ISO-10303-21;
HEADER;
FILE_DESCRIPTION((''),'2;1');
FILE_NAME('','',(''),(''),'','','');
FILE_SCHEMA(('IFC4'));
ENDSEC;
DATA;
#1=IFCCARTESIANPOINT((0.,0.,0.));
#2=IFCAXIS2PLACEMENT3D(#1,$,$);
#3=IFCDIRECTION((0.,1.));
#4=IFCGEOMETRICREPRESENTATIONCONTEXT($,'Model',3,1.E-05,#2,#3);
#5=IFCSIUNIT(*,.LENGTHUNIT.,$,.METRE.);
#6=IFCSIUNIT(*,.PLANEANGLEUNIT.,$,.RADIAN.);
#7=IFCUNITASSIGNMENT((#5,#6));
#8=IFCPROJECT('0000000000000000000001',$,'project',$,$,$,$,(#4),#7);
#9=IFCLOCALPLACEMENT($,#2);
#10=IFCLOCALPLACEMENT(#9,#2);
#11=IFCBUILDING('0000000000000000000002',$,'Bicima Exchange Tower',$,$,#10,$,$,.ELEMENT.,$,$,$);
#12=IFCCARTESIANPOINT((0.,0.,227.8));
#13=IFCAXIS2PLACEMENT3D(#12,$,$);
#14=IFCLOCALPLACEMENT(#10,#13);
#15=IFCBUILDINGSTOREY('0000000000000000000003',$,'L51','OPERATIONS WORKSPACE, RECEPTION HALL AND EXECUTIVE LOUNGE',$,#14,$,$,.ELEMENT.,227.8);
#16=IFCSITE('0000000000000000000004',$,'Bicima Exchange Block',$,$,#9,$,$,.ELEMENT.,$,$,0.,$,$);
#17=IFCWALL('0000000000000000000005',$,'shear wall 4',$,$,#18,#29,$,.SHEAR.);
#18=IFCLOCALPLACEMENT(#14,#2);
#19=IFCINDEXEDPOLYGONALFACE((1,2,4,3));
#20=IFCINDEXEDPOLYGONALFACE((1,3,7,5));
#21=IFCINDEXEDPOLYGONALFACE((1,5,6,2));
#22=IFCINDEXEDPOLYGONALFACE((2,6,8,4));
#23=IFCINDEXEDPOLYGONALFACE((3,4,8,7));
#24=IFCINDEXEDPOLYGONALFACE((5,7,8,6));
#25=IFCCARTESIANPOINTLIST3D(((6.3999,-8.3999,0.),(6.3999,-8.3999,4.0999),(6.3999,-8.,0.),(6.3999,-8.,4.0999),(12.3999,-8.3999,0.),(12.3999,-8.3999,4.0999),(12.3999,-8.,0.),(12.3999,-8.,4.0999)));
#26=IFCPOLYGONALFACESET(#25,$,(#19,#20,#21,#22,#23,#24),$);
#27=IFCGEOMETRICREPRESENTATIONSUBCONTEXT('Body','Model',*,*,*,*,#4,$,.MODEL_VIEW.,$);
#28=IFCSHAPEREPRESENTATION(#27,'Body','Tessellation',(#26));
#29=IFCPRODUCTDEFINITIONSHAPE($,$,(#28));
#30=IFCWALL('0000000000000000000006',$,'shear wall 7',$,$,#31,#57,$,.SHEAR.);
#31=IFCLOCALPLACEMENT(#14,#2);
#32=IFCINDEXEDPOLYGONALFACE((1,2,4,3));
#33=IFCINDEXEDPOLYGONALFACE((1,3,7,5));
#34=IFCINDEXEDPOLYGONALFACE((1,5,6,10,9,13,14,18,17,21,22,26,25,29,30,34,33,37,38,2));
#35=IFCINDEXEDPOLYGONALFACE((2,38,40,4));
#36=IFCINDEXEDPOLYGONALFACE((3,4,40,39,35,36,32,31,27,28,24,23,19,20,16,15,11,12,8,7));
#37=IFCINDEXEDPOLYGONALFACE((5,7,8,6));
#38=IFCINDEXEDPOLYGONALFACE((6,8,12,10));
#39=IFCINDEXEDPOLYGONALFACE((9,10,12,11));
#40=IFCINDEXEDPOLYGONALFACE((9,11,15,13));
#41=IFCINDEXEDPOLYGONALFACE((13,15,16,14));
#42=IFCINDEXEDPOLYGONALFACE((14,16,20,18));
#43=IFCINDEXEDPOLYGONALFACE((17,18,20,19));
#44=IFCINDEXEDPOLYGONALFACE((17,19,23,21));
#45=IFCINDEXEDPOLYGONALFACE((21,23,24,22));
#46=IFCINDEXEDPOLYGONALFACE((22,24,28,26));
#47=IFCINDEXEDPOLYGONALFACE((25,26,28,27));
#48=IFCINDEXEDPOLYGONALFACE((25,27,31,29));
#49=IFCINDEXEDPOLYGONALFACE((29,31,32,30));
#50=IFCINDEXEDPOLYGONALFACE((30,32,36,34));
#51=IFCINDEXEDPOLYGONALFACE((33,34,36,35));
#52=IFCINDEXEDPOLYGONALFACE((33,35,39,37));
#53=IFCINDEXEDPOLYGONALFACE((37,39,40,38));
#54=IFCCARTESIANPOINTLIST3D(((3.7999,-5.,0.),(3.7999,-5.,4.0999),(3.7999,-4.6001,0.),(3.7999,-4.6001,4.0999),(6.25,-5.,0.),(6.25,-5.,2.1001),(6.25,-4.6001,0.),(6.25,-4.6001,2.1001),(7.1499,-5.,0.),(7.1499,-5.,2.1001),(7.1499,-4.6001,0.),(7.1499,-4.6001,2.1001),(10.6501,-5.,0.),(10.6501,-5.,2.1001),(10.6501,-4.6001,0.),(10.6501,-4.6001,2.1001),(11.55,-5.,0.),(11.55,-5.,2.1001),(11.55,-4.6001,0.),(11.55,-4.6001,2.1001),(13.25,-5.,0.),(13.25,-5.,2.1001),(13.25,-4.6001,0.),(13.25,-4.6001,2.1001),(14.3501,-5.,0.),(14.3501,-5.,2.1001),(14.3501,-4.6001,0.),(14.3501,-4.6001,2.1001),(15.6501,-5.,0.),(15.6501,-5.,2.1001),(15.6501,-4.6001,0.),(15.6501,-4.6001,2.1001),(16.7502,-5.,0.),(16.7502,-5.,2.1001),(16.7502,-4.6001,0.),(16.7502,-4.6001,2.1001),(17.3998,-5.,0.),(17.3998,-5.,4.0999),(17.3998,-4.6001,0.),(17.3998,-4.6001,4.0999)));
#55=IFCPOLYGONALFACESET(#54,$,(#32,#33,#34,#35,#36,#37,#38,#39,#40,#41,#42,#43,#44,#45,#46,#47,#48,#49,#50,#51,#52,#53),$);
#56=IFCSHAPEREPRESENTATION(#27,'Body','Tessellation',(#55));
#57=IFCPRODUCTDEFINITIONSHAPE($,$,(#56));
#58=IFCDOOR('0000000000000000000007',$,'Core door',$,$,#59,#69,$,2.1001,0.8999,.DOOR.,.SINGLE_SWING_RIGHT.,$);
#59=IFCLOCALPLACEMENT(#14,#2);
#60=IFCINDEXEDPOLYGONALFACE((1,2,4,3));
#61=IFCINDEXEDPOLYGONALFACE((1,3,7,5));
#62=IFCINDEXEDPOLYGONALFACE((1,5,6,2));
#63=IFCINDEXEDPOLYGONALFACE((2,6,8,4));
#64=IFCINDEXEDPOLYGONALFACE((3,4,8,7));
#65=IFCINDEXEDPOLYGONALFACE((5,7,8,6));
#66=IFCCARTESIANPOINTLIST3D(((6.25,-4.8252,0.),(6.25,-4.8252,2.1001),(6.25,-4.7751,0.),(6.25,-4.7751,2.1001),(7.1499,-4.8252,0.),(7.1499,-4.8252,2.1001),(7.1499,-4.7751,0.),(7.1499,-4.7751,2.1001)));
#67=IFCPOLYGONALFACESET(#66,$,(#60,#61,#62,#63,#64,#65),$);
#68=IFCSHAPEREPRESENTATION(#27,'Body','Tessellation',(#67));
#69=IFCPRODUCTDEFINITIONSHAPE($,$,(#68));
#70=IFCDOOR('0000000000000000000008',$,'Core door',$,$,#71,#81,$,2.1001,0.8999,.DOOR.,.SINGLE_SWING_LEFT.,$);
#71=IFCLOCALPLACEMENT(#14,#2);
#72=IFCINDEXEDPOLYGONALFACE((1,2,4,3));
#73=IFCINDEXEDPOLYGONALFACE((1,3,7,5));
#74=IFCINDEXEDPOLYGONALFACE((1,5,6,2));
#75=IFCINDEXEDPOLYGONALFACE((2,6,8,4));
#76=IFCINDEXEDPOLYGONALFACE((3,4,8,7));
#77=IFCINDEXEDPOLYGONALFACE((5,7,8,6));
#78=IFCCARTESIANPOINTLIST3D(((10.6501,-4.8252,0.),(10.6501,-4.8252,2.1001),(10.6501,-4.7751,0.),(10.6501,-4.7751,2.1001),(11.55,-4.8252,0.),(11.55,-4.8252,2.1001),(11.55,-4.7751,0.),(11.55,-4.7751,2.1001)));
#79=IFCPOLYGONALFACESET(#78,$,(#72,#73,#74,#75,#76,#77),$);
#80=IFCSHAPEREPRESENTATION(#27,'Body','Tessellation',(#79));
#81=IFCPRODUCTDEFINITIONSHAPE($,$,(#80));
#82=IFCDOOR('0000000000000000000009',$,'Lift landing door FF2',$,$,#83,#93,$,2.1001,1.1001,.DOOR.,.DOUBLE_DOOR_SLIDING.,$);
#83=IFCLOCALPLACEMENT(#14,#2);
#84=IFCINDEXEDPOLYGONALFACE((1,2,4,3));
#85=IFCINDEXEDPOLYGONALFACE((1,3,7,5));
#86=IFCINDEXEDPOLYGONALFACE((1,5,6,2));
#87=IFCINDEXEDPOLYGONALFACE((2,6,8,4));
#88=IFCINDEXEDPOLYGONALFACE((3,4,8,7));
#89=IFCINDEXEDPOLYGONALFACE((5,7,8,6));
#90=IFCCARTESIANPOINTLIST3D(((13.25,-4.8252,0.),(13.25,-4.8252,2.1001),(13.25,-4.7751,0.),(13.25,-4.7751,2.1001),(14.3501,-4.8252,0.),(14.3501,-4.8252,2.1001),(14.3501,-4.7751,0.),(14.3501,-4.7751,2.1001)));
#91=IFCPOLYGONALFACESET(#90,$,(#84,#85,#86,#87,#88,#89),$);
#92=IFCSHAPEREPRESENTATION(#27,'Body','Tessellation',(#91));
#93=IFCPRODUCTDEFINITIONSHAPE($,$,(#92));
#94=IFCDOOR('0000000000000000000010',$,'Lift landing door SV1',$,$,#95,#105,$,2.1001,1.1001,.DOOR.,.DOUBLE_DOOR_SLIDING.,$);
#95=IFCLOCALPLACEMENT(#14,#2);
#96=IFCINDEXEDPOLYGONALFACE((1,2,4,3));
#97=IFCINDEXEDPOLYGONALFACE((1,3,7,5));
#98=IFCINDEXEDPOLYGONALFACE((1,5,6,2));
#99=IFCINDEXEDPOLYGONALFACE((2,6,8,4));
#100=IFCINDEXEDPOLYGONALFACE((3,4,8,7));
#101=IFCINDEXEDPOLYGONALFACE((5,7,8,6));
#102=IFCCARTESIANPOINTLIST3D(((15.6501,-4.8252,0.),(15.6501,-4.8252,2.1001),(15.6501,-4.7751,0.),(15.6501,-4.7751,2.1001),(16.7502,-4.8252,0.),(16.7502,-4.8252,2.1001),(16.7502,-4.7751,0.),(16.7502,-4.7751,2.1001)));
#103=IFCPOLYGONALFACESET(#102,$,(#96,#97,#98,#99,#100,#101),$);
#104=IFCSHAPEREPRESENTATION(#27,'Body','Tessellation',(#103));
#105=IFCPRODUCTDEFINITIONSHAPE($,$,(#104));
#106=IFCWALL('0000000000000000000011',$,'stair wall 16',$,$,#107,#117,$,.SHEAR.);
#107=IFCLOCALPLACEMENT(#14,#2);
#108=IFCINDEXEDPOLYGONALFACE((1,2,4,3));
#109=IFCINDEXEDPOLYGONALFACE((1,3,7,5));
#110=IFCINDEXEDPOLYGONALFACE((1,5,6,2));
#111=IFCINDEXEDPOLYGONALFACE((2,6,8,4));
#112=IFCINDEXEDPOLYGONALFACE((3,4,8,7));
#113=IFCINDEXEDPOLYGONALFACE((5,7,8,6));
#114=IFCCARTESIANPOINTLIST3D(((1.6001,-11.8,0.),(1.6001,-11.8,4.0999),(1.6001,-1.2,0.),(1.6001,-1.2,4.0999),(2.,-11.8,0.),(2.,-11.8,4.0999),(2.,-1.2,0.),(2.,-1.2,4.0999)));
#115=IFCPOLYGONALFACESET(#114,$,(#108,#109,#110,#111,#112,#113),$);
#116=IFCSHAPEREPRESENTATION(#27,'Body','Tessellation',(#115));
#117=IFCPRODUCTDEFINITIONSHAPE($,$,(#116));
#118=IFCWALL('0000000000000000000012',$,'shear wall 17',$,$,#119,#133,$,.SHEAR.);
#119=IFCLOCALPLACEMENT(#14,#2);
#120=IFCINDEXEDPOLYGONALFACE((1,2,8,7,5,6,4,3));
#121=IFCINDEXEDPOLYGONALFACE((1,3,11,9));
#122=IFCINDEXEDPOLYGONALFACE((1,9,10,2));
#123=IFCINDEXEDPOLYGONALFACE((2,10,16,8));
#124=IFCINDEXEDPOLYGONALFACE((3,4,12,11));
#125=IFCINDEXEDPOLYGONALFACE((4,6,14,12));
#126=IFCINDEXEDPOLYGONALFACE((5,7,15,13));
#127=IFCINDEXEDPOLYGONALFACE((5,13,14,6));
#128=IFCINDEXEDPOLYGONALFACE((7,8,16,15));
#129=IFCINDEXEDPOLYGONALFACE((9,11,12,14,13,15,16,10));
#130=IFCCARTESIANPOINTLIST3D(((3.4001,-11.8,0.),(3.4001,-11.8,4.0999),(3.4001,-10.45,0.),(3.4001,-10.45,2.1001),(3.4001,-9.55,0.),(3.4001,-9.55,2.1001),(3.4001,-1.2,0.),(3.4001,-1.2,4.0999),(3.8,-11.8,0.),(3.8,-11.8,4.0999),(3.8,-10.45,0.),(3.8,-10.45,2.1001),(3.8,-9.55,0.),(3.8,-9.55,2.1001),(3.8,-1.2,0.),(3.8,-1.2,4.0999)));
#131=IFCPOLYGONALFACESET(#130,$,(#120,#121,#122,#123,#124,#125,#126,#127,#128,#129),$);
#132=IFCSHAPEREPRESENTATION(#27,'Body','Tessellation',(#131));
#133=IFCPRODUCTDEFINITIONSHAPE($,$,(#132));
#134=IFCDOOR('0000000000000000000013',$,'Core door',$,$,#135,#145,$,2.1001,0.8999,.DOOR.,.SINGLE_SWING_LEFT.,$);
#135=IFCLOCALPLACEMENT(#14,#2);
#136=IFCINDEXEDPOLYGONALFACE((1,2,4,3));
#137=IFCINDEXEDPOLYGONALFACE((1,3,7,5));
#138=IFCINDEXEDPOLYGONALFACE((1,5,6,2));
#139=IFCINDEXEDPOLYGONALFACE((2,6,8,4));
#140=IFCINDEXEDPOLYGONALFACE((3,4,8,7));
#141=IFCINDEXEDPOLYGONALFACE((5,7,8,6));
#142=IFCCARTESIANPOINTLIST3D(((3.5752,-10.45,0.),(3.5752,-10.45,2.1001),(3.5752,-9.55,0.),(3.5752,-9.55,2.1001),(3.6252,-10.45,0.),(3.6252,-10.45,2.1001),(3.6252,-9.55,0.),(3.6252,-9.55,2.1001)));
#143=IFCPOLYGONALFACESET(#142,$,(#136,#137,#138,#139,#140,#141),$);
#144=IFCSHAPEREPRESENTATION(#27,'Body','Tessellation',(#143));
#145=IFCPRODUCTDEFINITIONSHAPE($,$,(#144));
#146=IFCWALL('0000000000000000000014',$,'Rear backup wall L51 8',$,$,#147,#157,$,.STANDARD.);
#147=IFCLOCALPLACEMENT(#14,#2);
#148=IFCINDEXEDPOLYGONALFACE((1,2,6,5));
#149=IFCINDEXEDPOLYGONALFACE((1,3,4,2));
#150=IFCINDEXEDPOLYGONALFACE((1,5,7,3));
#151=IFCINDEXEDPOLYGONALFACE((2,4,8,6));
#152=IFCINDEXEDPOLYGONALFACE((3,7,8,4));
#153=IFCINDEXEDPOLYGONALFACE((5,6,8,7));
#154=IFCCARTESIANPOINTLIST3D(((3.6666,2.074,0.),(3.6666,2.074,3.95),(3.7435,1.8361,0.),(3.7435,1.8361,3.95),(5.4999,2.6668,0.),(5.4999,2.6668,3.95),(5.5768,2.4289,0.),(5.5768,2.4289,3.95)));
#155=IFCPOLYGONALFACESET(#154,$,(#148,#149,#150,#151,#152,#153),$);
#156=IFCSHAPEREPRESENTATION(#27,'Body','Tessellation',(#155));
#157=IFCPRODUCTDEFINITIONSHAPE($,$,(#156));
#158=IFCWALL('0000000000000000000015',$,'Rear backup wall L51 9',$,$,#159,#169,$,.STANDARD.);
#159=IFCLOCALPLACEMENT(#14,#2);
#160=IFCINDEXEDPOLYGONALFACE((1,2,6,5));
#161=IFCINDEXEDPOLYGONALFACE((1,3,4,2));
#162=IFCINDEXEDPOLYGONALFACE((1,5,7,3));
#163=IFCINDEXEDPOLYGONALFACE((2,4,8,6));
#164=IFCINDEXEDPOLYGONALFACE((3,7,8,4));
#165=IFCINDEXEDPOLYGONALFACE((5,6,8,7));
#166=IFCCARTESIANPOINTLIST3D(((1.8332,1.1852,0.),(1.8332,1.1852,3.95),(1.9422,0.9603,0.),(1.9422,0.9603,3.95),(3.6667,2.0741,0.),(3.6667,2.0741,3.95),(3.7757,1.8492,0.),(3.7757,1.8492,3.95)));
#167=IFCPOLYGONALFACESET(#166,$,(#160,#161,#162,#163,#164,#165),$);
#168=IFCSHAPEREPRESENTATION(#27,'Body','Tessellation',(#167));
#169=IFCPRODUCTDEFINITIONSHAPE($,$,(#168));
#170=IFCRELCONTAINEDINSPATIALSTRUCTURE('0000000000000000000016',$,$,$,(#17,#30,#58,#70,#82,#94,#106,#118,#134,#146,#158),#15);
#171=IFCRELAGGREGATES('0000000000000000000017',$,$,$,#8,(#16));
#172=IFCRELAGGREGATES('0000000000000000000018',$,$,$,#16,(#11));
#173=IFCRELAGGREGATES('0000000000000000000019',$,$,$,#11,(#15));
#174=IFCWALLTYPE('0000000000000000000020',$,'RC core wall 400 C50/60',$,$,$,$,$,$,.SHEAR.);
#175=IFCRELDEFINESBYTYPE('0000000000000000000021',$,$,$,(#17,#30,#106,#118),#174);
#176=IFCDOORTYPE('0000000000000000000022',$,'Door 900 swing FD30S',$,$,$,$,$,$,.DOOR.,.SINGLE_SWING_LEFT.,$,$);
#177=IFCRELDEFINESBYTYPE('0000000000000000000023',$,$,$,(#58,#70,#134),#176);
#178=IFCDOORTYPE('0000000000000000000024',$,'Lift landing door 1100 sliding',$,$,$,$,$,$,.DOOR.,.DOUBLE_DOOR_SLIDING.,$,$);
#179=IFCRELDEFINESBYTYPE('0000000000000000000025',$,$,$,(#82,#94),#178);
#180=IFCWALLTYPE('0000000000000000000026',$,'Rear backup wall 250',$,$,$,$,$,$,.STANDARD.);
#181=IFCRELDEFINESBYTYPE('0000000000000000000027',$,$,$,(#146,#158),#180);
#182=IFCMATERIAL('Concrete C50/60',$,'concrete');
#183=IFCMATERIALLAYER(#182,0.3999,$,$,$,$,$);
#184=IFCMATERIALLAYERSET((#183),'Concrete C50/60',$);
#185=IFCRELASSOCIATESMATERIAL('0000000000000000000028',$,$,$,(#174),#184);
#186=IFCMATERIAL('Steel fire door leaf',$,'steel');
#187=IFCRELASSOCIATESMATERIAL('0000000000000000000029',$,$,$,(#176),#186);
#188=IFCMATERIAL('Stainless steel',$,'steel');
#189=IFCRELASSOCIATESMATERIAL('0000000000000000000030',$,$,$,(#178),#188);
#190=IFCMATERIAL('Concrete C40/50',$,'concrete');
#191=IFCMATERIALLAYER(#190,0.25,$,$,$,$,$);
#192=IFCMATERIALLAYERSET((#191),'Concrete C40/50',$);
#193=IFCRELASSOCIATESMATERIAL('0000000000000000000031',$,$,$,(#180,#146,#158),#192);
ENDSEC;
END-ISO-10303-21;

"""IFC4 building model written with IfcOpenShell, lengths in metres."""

from ifc_helpers import new_model, si_unit, direction, frame, frame_2d, origin, place, context, subcontext, project, spatial, rectangle, extrude, material, layer, layer_set, layer_usage, type_object, element, fill, save


model = new_model("IFC4")

# Units and contexts
model_context = context("Model", 3, precision=1e-05, world=origin(), true_north=direction((0.0, 1.0)))
body_context = subcontext(model_context, "Body", "Model", "MODEL_VIEW")
ifc_project = project(units=[si_unit("LENGTHUNIT", "METRE"), si_unit("PLANEANGLEUNIT", "RADIAN")], contexts=[model_context])

# Site, building, storey
site_placement = place(None, origin())
site = spatial("IfcSite", under=ifc_project, at=site_placement, Name="Bicima Exchange Block", CompositionType="ELEMENT", RefElevation=0.0)
building_placement = place(site_placement, origin())
building = spatial("IfcBuilding", under=site, at=building_placement, Name="Bicima Exchange Tower", CompositionType="ELEMENT")
storey_placement = place(building_placement, frame((0.0, 0.0, 227.8)))
storey = spatial("IfcBuildingStorey", under=building, at=storey_placement, Name="L51", Description="OPERATIONS WORKSPACE, RECEPTION HALL AND EXECUTIVE LOUNGE", CompositionType="ELEMENT", Elevation=227.8)

# Shared definitions
ifc_material_1 = material(Name="Concrete C40/50", Category="concrete")

# Shared definitions
ifc_material_2 = material(Name="Concrete C50/60", Category="concrete")

# Wall
ifc_layer_1 = layer(ifc_material_2, 0.3999)
ifc_layer_set_1 = layer_set([ifc_layer_1], Name="Concrete C50/60")
wall_type_1 = type_object("IfcWallType", Name="RC core wall 400 C50/60", PredefinedType="SHEAR", material=ifc_layer_set_1)
wall_1_placement = place(storey_placement, frame((6.3999, -8.2, 0.0), z_axis=(0.0, 0.0, 1.0), x_axis=(1.0, 0.0, 0.0)))
element("IfcWall", 1, at=wall_1_placement, inside=storey, type_object=wall_type_1, Name="shear wall 4", PredefinedType="SHEAR", context=body_context, shape_type="SweptSolid", body=[
    extrude(rectangle(XDim=6.0, YDim=0.3999, at=frame_2d((3.0, 0.0))), origin(), (0.0, 0.0, 1.0), 4.0999),
])

# Wall, openings, doors
wall_2_placement = place(storey_placement, frame((3.8, -4.8, 0.0), z_axis=(0.0, 0.0, 1.0), x_axis=(1.0, 0.0, 0.0)))
wall_2 = element("IfcWall", 2, at=wall_2_placement, inside=storey, type_object=wall_type_1, Name="shear wall 7", PredefinedType="SHEAR", context=body_context, shape_type="SweptSolid", body=[
    extrude(rectangle(XDim=13.5999, YDim=0.3999, at=frame_2d((6.7998, 0.0))), origin(), (0.0, 0.0, 1.0), 4.0999),
])
opening_1_placement = place(wall_2_placement, frame((9.45, 0.0, 0.0)))
opening_1 = element("IfcOpeningElement", 3, at=opening_1_placement, cuts=wall_2, PredefinedType="OPENING", context=body_context, shape_type="SweptSolid", body=[
    extrude(rectangle(XDim=1.1001, YDim=2.1001, at=frame_2d((0.55, 1.05))), frame((0.0, 0.2119, 0.0), z_axis=(0.0, -1.0, 0.0), x_axis=(1.0, 0.0, 0.0)), (0.0, 0.0, 1.0), 0.4238),
])
opening_2_placement = place(wall_2_placement, frame((11.8501, 0.0, 0.0)))
opening_2 = element("IfcOpeningElement", 4, at=opening_2_placement, cuts=wall_2, PredefinedType="OPENING", context=body_context, shape_type="SweptSolid", body=[
    extrude(rectangle(XDim=1.1001, YDim=2.1001, at=frame_2d((0.55, 1.05))), frame((0.0, 0.2119, 0.0), z_axis=(0.0, -1.0, 0.0), x_axis=(1.0, 0.0, 0.0)), (0.0, 0.0, 1.0), 0.4238),
])
opening_3_placement = place(wall_2_placement, frame((2.45, 0.0, 0.0)))
opening_3 = element("IfcOpeningElement", 5, at=opening_3_placement, cuts=wall_2, PredefinedType="OPENING", context=body_context, shape_type="SweptSolid", body=[
    extrude(rectangle(XDim=0.8999, YDim=2.1001, at=frame_2d((0.45, 1.05))), frame((0.0, 0.2119, 0.0), z_axis=(0.0, -1.0, 0.0), x_axis=(1.0, 0.0, 0.0)), (0.0, 0.0, 1.0), 0.4238),
])
opening_4_placement = place(wall_2_placement, frame((6.8501, 0.0, 0.0)))
opening_4 = element("IfcOpeningElement", 6, at=opening_4_placement, cuts=wall_2, PredefinedType="OPENING", context=body_context, shape_type="SweptSolid", body=[
    extrude(rectangle(XDim=0.8999, YDim=2.1001, at=frame_2d((0.45, 1.05))), frame((0.0, 0.2119, 0.0), z_axis=(0.0, -1.0, 0.0), x_axis=(1.0, 0.0, 0.0)), (0.0, 0.0, 1.0), 0.4238),
])
ifc_material_3 = material(Name="Steel fire door leaf", Category="steel")
door_type_1 = type_object("IfcDoorType", Name="Door 900 swing FD30S", OperationType="SINGLE_SWING_LEFT", PredefinedType="DOOR", material=ifc_material_3)
door_1_placement = place(opening_3_placement, origin())
door_1 = element("IfcDoor", 7, at=door_1_placement, inside=storey, type_object=door_type_1, Name="Core door", OperationType="SINGLE_SWING_RIGHT", OverallHeight=2.1001, OverallWidth=0.8999, PredefinedType="DOOR", context=body_context, shape_type="SweptSolid", body=[
    extrude(rectangle(XDim=0.8999, YDim=2.1001, at=frame_2d((0.45, 1.05))), frame((0.0, 0.0249, 0.0), z_axis=(0.0, -1.0, 0.0), x_axis=(1.0, 0.0, 0.0)), (0.0, 0.0, 1.0), 0.05),
])
fill(opening_3, door_1)
door_2_placement = place(opening_4_placement, origin())
door_2 = element("IfcDoor", 8, at=door_2_placement, inside=storey, type_object=door_type_1, Name="Core door", OperationType="SINGLE_SWING_LEFT", OverallHeight=2.1001, OverallWidth=0.8999, PredefinedType="DOOR", context=body_context, shape_type="SweptSolid", body=[
    extrude(rectangle(XDim=0.8999, YDim=2.1001, at=frame_2d((0.45, 1.05))), frame((0.0, 0.0249, 0.0), z_axis=(0.0, -1.0, 0.0), x_axis=(1.0, 0.0, 0.0)), (0.0, 0.0, 1.0), 0.05),
])
fill(opening_4, door_2)
ifc_material_4 = material(Name="Stainless steel", Category="steel")
door_type_2 = type_object("IfcDoorType", Name="Lift landing door 1100 sliding", OperationType="DOUBLE_DOOR_SLIDING", PredefinedType="DOOR", material=ifc_material_4)
door_3_placement = place(opening_1_placement, origin())
door_3 = element("IfcDoor", 9, at=door_3_placement, inside=storey, type_object=door_type_2, Name="Lift landing door FF2", OperationType="DOUBLE_DOOR_SLIDING", OverallHeight=2.1001, OverallWidth=1.1001, PredefinedType="DOOR", context=body_context, shape_type="SweptSolid", body=[
    extrude(rectangle(XDim=1.1001, YDim=2.1001, at=frame_2d((0.55, 1.05))), frame((0.0, 0.0249, 0.0), z_axis=(0.0, -1.0, 0.0), x_axis=(1.0, 0.0, 0.0)), (0.0, 0.0, 1.0), 0.05),
])
fill(opening_1, door_3)
door_4_placement = place(opening_2_placement, origin())
door_4 = element("IfcDoor", 10, at=door_4_placement, inside=storey, type_object=door_type_2, Name="Lift landing door SV1", OperationType="DOUBLE_DOOR_SLIDING", OverallHeight=2.1001, OverallWidth=1.1001, PredefinedType="DOOR", context=body_context, shape_type="SweptSolid", body=[
    extrude(rectangle(XDim=1.1001, YDim=2.1001, at=frame_2d((0.55, 1.05))), frame((0.0, 0.0249, 0.0), z_axis=(0.0, -1.0, 0.0), x_axis=(1.0, 0.0, 0.0)), (0.0, 0.0, 1.0), 0.05),
])
fill(opening_2, door_4)

# Wall
wall_3_placement = place(storey_placement, frame((1.8, -11.8, 0.0), z_axis=(0.0, 0.0, 1.0), x_axis=(0.0, 1.0, 0.0)))
element("IfcWall", 11, at=wall_3_placement, inside=storey, type_object=wall_type_1, Name="stair wall 16", PredefinedType="SHEAR", context=body_context, shape_type="SweptSolid", body=[
    extrude(rectangle(XDim=10.6001, YDim=0.3999, at=frame_2d((5.3, 0.0))), origin(), (0.0, 0.0, 1.0), 4.0999),
])

# Wall, opening, door
wall_4_placement = place(storey_placement, frame((3.6001, -11.8, 0.0), z_axis=(0.0, 0.0, 1.0), x_axis=(0.0, 1.0, 0.0)))
wall_4 = element("IfcWall", 12, at=wall_4_placement, inside=storey, type_object=wall_type_1, Name="shear wall 17", PredefinedType="SHEAR", context=body_context, shape_type="SweptSolid", body=[
    extrude(rectangle(XDim=10.6001, YDim=0.3999, at=frame_2d((5.3, 0.0))), origin(), (0.0, 0.0, 1.0), 4.0999),
])
opening_5_placement = place(wall_4_placement, frame((1.3501, 0.0, 0.0)))
opening_5 = element("IfcOpeningElement", 13, at=opening_5_placement, cuts=wall_4, PredefinedType="OPENING", context=body_context, shape_type="SweptSolid", body=[
    extrude(rectangle(XDim=0.8999, YDim=2.1001, at=frame_2d((0.45, 1.05))), frame((0.0, 0.2119, 0.0), z_axis=(0.0, -1.0, 0.0), x_axis=(1.0, 0.0, 0.0)), (0.0, 0.0, 1.0), 0.4238),
])
door_5_placement = place(opening_5_placement, origin())
door_5 = element("IfcDoor", 14, at=door_5_placement, inside=storey, type_object=door_type_1, Name="Core door", OperationType="SINGLE_SWING_LEFT", OverallHeight=2.1001, OverallWidth=0.8999, PredefinedType="DOOR", context=body_context, shape_type="SweptSolid", body=[
    extrude(rectangle(XDim=0.8999, YDim=2.1001, at=frame_2d((0.45, 1.05))), frame((0.0, 0.0249, 0.0), z_axis=(0.0, -1.0, 0.0), x_axis=(1.0, 0.0, 0.0)), (0.0, 0.0, 1.0), 0.05),
])
fill(opening_5, door_5)

# Walls
ifc_layer_2 = layer(ifc_material_1, 0.25)
ifc_layer_set_2 = layer_set([ifc_layer_2], Name="Concrete C40/50")
ifc_layer_usage = layer_usage(ifc_layer_set_2, "AXIS2", "POSITIVE", -0.125)
wall_type_2 = type_object("IfcWallType", Name="Rear backup wall 250", PredefinedType="STANDARD", material=ifc_layer_set_2)
wall_5_placement = place(storey_placement, frame((5.5383, 2.5479, 0.0), z_axis=(0.0, 0.0, 1.0), x_axis=(-0.951496, -0.307662, 0.0)))
element("IfcWall", 15, at=wall_5_placement, inside=storey, type_object=wall_type_2, material=ifc_layer_usage, Name="Rear backup wall L51 8", PredefinedType="STANDARD", context=body_context, shape_type="SweptSolid", body=[
    extrude(rectangle(XDim=1.9268, YDim=0.25, at=frame_2d((0.9634, 0.0))), origin(), (0.0, 0.0, 1.0), 3.95),
])
wall_6_placement = place(storey_placement, frame((3.7212, 1.9617, 0.0), z_axis=(0.0, 0.0, 1.0), x_axis=(-0.899824, -0.436253, 0.0)))
element("IfcWall", 16, at=wall_6_placement, inside=storey, type_object=wall_type_2, material=ifc_layer_usage, Name="Rear backup wall L51 9", PredefinedType="STANDARD", context=body_context, shape_type="SweptSolid", body=[
    extrude(rectangle(XDim=2.0376, YDim=0.25, at=frame_2d((1.0188, 0.0))), origin(), (0.0, 0.0, 1.0), 3.95),
])

save(model, "model.ifc")
